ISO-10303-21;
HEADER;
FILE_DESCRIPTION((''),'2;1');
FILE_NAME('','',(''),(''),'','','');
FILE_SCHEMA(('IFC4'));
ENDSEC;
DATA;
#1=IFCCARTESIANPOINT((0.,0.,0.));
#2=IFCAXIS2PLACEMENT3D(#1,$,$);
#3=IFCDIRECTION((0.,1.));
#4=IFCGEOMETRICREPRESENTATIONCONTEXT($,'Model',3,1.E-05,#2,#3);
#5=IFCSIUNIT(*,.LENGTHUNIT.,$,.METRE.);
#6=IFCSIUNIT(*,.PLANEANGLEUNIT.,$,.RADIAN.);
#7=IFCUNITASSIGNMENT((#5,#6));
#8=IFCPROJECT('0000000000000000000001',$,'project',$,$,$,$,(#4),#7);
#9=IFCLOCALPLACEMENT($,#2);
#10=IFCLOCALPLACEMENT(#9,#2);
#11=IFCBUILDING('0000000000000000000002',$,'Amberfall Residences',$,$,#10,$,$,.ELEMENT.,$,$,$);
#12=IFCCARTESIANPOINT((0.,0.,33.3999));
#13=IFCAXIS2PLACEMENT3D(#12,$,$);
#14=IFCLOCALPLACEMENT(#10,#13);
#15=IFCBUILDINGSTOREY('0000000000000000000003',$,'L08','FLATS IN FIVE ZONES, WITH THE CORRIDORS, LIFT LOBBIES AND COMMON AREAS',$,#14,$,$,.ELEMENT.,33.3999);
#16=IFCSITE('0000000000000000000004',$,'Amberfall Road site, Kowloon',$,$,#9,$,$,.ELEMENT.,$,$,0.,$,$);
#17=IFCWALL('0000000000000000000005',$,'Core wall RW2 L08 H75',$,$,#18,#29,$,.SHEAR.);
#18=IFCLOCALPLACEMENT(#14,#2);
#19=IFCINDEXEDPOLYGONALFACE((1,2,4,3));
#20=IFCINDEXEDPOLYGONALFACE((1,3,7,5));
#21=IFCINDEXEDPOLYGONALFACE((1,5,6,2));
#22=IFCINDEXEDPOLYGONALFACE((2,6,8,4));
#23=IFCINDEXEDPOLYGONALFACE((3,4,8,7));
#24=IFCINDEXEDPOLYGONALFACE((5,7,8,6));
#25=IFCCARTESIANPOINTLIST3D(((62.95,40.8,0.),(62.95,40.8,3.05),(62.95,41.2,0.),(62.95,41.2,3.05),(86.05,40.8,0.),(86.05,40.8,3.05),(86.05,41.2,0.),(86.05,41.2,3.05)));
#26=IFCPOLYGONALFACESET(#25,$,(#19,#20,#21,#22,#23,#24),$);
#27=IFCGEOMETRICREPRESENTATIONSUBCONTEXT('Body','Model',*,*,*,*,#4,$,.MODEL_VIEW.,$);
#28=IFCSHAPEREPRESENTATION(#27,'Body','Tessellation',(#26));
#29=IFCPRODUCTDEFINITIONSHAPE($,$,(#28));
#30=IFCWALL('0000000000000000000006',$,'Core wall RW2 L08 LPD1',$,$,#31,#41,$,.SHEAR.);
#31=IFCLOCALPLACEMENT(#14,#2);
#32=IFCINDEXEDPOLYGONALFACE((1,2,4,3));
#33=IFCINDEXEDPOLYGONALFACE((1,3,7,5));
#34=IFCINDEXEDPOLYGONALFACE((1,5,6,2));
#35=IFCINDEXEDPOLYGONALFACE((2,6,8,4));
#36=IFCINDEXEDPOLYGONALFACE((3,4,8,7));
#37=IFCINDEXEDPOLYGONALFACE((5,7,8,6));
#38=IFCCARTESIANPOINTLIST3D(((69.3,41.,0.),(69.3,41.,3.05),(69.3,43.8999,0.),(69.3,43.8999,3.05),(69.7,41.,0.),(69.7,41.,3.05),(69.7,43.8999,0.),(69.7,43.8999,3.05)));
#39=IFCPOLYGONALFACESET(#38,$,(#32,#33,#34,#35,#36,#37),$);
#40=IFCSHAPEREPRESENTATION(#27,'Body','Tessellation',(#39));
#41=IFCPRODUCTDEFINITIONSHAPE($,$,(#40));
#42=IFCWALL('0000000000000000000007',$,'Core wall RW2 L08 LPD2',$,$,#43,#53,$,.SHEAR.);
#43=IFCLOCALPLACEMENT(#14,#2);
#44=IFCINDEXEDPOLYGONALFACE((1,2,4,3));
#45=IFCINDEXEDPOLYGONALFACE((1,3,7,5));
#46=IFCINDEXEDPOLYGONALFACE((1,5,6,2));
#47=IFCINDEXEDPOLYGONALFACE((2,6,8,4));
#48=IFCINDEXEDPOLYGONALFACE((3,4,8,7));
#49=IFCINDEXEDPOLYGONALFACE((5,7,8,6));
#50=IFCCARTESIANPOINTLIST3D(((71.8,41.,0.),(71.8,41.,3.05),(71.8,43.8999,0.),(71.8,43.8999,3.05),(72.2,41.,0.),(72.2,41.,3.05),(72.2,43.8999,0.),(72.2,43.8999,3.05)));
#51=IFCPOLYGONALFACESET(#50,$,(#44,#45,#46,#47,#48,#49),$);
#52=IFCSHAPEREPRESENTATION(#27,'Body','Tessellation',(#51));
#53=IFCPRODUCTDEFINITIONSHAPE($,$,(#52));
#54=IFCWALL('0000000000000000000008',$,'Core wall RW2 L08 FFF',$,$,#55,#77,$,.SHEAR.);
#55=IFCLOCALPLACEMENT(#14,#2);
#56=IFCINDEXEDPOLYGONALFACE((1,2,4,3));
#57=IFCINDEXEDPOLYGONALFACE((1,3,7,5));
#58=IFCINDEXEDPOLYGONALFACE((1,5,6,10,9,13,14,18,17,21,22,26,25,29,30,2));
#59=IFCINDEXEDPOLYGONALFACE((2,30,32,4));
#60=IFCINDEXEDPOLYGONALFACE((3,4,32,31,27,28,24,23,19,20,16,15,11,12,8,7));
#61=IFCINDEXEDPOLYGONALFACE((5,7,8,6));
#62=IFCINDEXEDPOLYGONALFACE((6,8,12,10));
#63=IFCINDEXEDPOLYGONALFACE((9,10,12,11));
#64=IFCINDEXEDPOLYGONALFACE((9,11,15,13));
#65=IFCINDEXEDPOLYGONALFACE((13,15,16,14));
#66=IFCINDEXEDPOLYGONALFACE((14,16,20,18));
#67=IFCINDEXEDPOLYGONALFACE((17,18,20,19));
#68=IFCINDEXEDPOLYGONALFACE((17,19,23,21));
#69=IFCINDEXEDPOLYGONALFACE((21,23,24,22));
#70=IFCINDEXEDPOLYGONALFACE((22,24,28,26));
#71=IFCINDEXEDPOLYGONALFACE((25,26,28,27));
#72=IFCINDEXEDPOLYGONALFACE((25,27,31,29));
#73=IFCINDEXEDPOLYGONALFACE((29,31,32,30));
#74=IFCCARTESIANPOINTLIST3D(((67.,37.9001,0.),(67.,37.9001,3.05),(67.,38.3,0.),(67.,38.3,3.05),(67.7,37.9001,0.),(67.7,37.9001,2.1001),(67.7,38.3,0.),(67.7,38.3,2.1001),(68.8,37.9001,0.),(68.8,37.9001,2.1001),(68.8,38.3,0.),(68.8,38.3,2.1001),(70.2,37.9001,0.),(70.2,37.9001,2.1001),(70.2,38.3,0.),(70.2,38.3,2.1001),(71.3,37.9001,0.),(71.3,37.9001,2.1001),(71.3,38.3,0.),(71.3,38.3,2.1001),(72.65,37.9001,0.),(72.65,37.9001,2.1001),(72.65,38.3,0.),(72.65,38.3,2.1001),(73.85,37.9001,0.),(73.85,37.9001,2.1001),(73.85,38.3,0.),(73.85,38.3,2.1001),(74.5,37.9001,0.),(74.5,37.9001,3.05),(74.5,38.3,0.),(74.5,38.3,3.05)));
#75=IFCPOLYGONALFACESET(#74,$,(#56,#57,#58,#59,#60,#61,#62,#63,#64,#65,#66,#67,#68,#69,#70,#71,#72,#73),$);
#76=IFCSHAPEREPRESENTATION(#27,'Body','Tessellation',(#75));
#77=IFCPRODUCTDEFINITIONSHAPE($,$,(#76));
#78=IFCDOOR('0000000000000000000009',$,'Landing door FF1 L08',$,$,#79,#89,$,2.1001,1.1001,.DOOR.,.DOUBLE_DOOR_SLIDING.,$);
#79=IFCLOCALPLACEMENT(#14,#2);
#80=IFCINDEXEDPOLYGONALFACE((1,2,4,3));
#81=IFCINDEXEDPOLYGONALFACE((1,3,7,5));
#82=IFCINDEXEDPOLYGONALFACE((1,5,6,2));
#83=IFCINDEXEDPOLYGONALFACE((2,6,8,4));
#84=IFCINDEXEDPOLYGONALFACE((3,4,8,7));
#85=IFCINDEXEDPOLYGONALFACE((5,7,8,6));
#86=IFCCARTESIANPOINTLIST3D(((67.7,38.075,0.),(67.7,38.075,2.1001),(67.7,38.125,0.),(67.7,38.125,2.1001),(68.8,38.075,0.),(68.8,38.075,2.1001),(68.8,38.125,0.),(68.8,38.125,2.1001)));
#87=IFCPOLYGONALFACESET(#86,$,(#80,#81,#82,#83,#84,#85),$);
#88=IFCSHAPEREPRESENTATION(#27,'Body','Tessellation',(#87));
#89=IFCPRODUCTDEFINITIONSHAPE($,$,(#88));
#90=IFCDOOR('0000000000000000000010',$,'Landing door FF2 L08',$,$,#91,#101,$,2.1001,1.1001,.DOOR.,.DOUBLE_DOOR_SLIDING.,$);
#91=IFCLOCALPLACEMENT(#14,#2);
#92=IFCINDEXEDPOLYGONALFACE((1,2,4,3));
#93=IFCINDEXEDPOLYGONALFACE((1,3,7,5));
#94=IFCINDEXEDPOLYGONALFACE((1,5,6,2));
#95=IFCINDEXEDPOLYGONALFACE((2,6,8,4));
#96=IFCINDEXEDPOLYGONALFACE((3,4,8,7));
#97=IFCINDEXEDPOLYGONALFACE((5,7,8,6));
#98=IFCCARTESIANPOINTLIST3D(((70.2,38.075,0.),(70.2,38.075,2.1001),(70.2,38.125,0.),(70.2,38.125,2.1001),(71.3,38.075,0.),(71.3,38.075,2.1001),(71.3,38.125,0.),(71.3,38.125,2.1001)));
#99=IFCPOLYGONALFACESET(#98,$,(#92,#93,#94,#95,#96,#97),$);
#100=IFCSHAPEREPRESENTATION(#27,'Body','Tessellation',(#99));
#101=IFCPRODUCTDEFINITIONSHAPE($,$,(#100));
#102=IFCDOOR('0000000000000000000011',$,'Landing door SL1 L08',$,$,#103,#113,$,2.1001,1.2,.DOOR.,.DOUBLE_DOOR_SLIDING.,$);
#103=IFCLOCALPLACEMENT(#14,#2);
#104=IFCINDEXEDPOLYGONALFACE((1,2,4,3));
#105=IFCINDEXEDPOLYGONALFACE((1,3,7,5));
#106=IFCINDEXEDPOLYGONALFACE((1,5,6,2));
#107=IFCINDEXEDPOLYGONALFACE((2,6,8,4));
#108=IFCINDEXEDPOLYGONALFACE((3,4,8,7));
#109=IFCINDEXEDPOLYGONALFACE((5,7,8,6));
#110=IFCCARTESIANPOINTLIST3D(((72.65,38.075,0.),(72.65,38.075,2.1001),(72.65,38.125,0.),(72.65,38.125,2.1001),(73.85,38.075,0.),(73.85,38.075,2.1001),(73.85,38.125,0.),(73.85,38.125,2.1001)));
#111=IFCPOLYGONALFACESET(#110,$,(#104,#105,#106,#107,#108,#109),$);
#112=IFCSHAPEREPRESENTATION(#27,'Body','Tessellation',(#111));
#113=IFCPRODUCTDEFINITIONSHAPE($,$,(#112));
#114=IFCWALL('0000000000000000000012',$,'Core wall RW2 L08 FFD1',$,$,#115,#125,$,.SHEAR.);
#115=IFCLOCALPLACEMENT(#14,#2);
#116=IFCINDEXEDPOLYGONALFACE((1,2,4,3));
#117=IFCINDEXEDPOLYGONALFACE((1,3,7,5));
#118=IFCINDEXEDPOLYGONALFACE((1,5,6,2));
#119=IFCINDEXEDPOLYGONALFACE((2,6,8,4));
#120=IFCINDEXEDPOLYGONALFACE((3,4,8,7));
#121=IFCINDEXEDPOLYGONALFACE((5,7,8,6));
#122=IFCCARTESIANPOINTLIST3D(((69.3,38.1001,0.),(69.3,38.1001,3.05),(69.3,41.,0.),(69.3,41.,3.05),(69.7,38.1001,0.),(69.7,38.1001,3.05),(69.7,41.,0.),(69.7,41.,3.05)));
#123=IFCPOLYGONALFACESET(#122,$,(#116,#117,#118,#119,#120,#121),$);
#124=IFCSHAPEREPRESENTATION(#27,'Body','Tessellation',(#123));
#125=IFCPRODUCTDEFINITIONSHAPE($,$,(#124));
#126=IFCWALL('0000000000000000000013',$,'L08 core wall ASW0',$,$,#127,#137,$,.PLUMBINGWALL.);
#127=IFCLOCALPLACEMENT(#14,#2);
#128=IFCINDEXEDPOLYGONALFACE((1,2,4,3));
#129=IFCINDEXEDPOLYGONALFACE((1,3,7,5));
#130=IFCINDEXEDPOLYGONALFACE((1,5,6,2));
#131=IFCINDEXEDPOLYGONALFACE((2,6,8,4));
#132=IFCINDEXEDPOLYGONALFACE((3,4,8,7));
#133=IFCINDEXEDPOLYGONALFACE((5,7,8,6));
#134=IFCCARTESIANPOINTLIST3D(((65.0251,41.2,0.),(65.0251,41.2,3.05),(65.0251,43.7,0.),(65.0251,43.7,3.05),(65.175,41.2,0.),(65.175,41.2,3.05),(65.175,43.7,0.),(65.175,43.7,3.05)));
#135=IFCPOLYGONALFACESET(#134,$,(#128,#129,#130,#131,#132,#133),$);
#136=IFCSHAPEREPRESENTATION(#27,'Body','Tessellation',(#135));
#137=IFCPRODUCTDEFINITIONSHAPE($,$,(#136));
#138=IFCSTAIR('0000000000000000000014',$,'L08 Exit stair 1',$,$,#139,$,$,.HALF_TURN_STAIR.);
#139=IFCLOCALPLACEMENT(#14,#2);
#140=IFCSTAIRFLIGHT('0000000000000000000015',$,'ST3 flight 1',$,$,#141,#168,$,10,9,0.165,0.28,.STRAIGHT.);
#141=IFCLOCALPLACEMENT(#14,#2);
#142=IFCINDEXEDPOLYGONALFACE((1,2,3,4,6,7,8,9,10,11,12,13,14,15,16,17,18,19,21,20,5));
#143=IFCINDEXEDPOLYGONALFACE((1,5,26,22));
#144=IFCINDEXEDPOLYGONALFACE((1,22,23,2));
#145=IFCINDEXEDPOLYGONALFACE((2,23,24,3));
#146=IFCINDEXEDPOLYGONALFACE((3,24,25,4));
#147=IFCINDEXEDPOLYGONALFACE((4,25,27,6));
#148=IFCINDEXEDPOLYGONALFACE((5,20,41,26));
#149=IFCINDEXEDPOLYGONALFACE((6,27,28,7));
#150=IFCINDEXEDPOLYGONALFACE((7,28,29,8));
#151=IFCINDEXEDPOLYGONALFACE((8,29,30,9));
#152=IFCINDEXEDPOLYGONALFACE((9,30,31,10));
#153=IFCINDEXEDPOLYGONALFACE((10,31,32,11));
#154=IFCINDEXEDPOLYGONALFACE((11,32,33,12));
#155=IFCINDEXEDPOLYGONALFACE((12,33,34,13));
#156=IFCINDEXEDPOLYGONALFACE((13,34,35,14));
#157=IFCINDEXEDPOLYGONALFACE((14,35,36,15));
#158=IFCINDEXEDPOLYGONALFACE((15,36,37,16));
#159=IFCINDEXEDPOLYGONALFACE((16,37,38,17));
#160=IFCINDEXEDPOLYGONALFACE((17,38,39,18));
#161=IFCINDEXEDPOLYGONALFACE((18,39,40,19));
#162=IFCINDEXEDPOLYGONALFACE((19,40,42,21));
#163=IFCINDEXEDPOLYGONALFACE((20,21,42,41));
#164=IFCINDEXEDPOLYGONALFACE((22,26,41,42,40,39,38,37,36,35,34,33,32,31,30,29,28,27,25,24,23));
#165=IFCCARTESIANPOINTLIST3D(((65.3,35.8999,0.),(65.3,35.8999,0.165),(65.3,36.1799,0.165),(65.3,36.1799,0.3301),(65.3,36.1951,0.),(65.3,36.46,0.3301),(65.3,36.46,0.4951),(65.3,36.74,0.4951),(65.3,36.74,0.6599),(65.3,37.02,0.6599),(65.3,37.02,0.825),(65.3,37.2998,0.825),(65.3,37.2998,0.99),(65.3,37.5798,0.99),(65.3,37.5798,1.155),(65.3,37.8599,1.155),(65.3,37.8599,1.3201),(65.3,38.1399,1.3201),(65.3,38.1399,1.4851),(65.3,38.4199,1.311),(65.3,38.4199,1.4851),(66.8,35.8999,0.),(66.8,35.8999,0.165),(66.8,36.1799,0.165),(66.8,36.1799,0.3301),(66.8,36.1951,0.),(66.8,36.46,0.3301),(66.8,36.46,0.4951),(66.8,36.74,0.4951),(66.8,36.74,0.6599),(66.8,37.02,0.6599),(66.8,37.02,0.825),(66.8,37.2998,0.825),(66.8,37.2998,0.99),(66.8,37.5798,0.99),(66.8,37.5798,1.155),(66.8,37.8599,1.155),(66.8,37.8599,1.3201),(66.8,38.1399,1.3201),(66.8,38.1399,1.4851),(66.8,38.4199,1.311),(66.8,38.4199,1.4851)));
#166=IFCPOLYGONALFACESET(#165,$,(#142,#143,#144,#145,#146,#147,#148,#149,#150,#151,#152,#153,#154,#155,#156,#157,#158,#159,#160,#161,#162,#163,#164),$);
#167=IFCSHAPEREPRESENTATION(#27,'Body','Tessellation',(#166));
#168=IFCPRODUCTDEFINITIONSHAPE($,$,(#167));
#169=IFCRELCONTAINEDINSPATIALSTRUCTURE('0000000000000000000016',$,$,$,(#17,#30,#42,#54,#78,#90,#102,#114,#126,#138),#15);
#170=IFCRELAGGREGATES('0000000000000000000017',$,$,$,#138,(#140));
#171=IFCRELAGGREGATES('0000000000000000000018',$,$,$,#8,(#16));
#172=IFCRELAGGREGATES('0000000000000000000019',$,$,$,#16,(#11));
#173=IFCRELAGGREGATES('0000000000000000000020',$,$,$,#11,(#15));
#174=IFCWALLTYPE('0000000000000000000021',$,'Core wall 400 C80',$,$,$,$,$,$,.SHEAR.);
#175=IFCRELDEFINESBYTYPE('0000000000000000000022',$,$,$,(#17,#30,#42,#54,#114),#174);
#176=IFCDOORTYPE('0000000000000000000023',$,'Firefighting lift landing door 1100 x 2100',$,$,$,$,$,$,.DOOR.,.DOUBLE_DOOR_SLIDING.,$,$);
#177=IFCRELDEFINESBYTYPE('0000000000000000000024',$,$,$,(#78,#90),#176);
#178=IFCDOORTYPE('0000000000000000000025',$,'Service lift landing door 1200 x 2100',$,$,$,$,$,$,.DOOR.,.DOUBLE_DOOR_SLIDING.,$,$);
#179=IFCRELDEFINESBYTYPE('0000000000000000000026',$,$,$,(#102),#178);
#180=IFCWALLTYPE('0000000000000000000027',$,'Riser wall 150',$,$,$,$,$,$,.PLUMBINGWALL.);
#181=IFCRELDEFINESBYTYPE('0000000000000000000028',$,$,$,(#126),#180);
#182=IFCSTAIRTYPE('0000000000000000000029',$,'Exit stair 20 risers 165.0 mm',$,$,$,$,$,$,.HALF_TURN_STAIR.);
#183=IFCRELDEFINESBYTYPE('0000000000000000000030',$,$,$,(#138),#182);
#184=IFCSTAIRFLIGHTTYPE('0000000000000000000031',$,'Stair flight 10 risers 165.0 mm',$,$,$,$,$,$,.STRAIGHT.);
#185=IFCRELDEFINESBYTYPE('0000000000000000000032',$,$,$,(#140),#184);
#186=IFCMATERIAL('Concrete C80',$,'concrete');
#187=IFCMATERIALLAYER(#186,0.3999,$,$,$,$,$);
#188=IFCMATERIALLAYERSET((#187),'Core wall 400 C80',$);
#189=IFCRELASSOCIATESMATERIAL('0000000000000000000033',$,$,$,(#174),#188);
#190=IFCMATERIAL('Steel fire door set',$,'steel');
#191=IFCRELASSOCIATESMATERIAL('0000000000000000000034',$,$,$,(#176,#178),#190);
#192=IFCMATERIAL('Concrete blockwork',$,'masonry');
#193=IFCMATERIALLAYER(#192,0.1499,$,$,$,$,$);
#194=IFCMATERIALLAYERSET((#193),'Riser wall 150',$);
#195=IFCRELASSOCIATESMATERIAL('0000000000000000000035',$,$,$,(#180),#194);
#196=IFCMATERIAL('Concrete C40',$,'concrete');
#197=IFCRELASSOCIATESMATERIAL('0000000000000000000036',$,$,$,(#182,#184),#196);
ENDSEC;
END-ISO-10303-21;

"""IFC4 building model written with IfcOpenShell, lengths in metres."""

from ifc_helpers import new_model, si_unit, direction, frame, frame_2d, origin, place, context, subcontext, project, spatial, polyline, rectangle, outline, extrude, material, layer, layer_set, type_object, element, fill, aggregate, save


model = new_model("IFC4")

# Units and contexts
model_context = context("Model", 3, precision=1e-05, world=origin(), true_north=direction((0.0, 1.0)))
body_context = subcontext(model_context, "Body", "Model", "MODEL_VIEW")
ifc_project = project(units=[si_unit("LENGTHUNIT", "METRE"), si_unit("PLANEANGLEUNIT", "RADIAN")], contexts=[model_context])

# Site, building, storey
site_placement = place(None, origin())
site = spatial("IfcSite", under=ifc_project, at=site_placement, Name="Amberfall Road site, Kowloon", CompositionType="ELEMENT", RefElevation=0.0)
building_placement = place(site_placement, origin())
building = spatial("IfcBuilding", under=site, at=building_placement, Name="Amberfall Residences", CompositionType="ELEMENT")
storey_placement = place(building_placement, frame((0.0, 0.0, 33.3999)))
storey = spatial("IfcBuildingStorey", under=building, at=storey_placement, Name="L08", Description="FLATS IN FIVE ZONES, WITH THE CORRIDORS, LIFT LOBBIES AND COMMON AREAS", CompositionType="ELEMENT", Elevation=33.3999)

# Wall
ifc_material_1 = material(Name="Concrete C80", Category="concrete")
ifc_layer_1 = layer(ifc_material_1, 0.3999)
ifc_layer_set_1 = layer_set([ifc_layer_1], Name="Core wall 400 C80")
wall_type_1 = type_object("IfcWallType", Name="Core wall 400 C80", PredefinedType="SHEAR", material=ifc_layer_set_1)
wall_1_placement = place(storey_placement, frame((62.95, 41.0, 0.0), z_axis=(0.0, 0.0, 1.0), x_axis=(1.0, 0.0, 0.0)))
element("IfcWall", 1, at=wall_1_placement, inside=storey, type_object=wall_type_1, Name="Core wall RW2 L08 H75", PredefinedType="SHEAR", context=body_context, shape_type="SweptSolid", body=[
    extrude(rectangle(XDim=23.1001, YDim=0.3999, at=frame_2d((11.55, 0.0))), origin(), (0.0, 0.0, 1.0), 3.05),
])

# Shared definitions
ifc_material_2 = material(Name="Steel fire door set", Category="steel")

# Walls
for number, where, z_axis, x_axis, name in (
    (2, (69.5, 41.0, 0.0), (0.0, 0.0, 1.0), (0.0, 1.0, 0.0), "Core wall RW2 L08 LPD1"),
    (3, (72.0, 41.0, 0.0), (0.0, 0.0, 1.0), (0.0, 1.0, 0.0), "Core wall RW2 L08 LPD2"),
):
    element("IfcWall", number, at=place(storey_placement, frame(where, z_axis=z_axis, x_axis=x_axis)), inside=storey, type_object=wall_type_1, Name=name, PredefinedType="SHEAR", context=body_context, shape_type="SweptSolid", body=[
        extrude(rectangle(XDim=2.8999, YDim=0.3999, at=frame_2d((1.45, 0.0))), origin(), (0.0, 0.0, 1.0), 3.05),
    ])

# Wall, openings, doors
wall_2_placement = place(storey_placement, frame((67.0, 38.1001, 0.0), z_axis=(0.0, 0.0, 1.0), x_axis=(1.0, 0.0, 0.0)))
wall_2 = element("IfcWall", 4, at=wall_2_placement, inside=storey, type_object=wall_type_1, Name="Core wall RW2 L08 FFF", PredefinedType="SHEAR", context=body_context, shape_type="SweptSolid", body=[
    extrude(rectangle(XDim=7.5, YDim=0.3999, at=frame_2d((3.75, 0.0))), origin(), (0.0, 0.0, 1.0), 3.05),
])
opening_1_placement = place(wall_2_placement, frame((0.7, 0.0, 0.0)))
opening_1 = element("IfcOpeningElement", 5, at=opening_1_placement, cuts=wall_2, PredefinedType="OPENING", context=body_context, shape_type="SweptSolid", body=[
    extrude(rectangle(XDim=1.1001, YDim=2.1001, at=frame_2d((0.55, 1.05))), frame((0.0, 0.21, 0.0), z_axis=(0.0, -1.0, 0.0), x_axis=(1.0, 0.0, 0.0)), (0.0, 0.0, 1.0), 0.4199),
])
opening_2_placement = place(wall_2_placement, frame((3.2, 0.0, 0.0)))
opening_2 = element("IfcOpeningElement", 6, at=opening_2_placement, cuts=wall_2, PredefinedType="OPENING", context=body_context, shape_type="SweptSolid", body=[
    extrude(rectangle(XDim=1.1001, YDim=2.1001, at=frame_2d((0.55, 1.05))), frame((0.0, 0.21, 0.0), z_axis=(0.0, -1.0, 0.0), x_axis=(1.0, 0.0, 0.0)), (0.0, 0.0, 1.0), 0.4199),
])
opening_3_placement = place(wall_2_placement, frame((5.6499, 0.0, 0.0)))
opening_3 = element("IfcOpeningElement", 7, at=opening_3_placement, cuts=wall_2, PredefinedType="OPENING", context=body_context, shape_type="SweptSolid", body=[
    extrude(rectangle(XDim=1.2, YDim=2.1001, at=frame_2d((0.6001, 1.05))), frame((0.0, 0.21, 0.0), z_axis=(0.0, -1.0, 0.0), x_axis=(1.0, 0.0, 0.0)), (0.0, 0.0, 1.0), 0.4199),
])
door_type_1 = type_object("IfcDoorType", Name="Firefighting lift landing door 1100 x 2100", OperationType="DOUBLE_DOOR_SLIDING", PredefinedType="DOOR", material=ifc_material_2)
door_1_placement = place(opening_1_placement, origin())
door_1 = element("IfcDoor", 8, at=door_1_placement, inside=storey, type_object=door_type_1, Name="Landing door FF1 L08", OperationType="DOUBLE_DOOR_SLIDING", OverallHeight=2.1001, OverallWidth=1.1001, PredefinedType="DOOR", context=body_context, shape_type="SweptSolid", body=[
    extrude(rectangle(XDim=1.1001, YDim=2.1001, at=frame_2d((0.55, 1.05))), frame((0.0, 0.0249, 0.0), z_axis=(0.0, -1.0, 0.0), x_axis=(1.0, 0.0, 0.0)), (0.0, 0.0, 1.0), 0.05),
])
fill(opening_1, door_1)
door_2_placement = place(opening_2_placement, origin())
door_2 = element("IfcDoor", 9, at=door_2_placement, inside=storey, type_object=door_type_1, Name="Landing door FF2 L08", OperationType="DOUBLE_DOOR_SLIDING", OverallHeight=2.1001, OverallWidth=1.1001, PredefinedType="DOOR", context=body_context, shape_type="SweptSolid", body=[
    extrude(rectangle(XDim=1.1001, YDim=2.1001, at=frame_2d((0.55, 1.05))), frame((0.0, 0.0249, 0.0), z_axis=(0.0, -1.0, 0.0), x_axis=(1.0, 0.0, 0.0)), (0.0, 0.0, 1.0), 0.05),
])
fill(opening_2, door_2)
door_type_2 = type_object("IfcDoorType", Name="Service lift landing door 1200 x 2100", OperationType="DOUBLE_DOOR_SLIDING", PredefinedType="DOOR", material=ifc_material_2)
door_3_placement = place(opening_3_placement, origin())
door_3 = element("IfcDoor", 10, at=door_3_placement, inside=storey, type_object=door_type_2, Name="Landing door SL1 L08", OperationType="DOUBLE_DOOR_SLIDING", OverallHeight=2.1001, OverallWidth=1.2, PredefinedType="DOOR", context=body_context, shape_type="SweptSolid", body=[
    extrude(rectangle(XDim=1.2, YDim=2.1001, at=frame_2d((0.6001, 1.05))), frame((0.0, 0.0249, 0.0), z_axis=(0.0, -1.0, 0.0), x_axis=(1.0, 0.0, 0.0)), (0.0, 0.0, 1.0), 0.05),
])
fill(opening_3, door_3)

# Walls
wall_3_placement = place(storey_placement, frame((69.5, 38.1001, 0.0), z_axis=(0.0, 0.0, 1.0), x_axis=(0.0, 1.0, 0.0)))
element("IfcWall", 11, at=wall_3_placement, inside=storey, type_object=wall_type_1, Name="Core wall RW2 L08 FFD1", PredefinedType="SHEAR", context=body_context, shape_type="SweptSolid", body=[
    extrude(rectangle(XDim=2.8999, YDim=0.3999, at=frame_2d((1.45, 0.0))), origin(), (0.0, 0.0, 1.0), 3.05),
])
ifc_material_3 = material(Name="Concrete blockwork", Category="masonry")
ifc_layer_2 = layer(ifc_material_3, 0.1499)
ifc_layer_set_2 = layer_set([ifc_layer_2], Name="Riser wall 150")
wall_type_2 = type_object("IfcWallType", Name="Riser wall 150", PredefinedType="PLUMBINGWALL", material=ifc_layer_set_2)
wall_4_placement = place(storey_placement, frame((65.1001, 41.2, 0.0), z_axis=(0.0, 0.0, 1.0), x_axis=(0.0, 1.0, 0.0)))
element("IfcWall", 12, at=wall_4_placement, inside=storey, type_object=wall_type_2, Name="L08 core wall ASW0", PredefinedType="PLUMBINGWALL", context=body_context, shape_type="SweptSolid", body=[
    extrude(rectangle(XDim=2.5, YDim=0.1499, at=frame_2d((1.25, 0.0))), origin(), (0.0, 0.0, 1.0), 3.05),
])

# Stair, stair flight
ifc_material_4 = material(Name="Concrete C40", Category="concrete")
stair_type = type_object("IfcStairType", Name="Exit stair 20 risers 165.0 mm", PredefinedType="HALF_TURN_STAIR", material=ifc_material_4)
stair_placement = place(storey_placement, origin())
stair = element("IfcStair", 13, at=stair_placement, inside=storey, type_object=stair_type, Name="L08 Exit stair 1", PredefinedType="HALF_TURN_STAIR")
stair_flight_type = type_object("IfcStairFlightType", Name="Stair flight 10 risers 165.0 mm", PredefinedType="STRAIGHT", material=ifc_material_4)
stair_flight_1_placement = place(storey_placement, frame((66.05, 35.8999, 0.0), z_axis=(0.0, 0.0, 1.0), x_axis=(0.0, 1.0, 0.0)))
stair_flight_1 = element("IfcStairFlight", 14, at=stair_flight_1_placement, type_object=stair_flight_type, Name="ST3 flight 1", NumberOfRisers=10, NumberOfTreads=9, PredefinedType="STRAIGHT", RiserHeight=0.165, TreadLength=0.28, context=body_context, shape_type="SweptSolid", body=[
    extrude(outline(polyline([(0.0, 0.0), (0.0, 0.165), (0.28, 0.165), (0.28, 0.3301), (0.5601, 0.3301), (0.5601, 0.4951), (0.8401, 0.4951), (0.8401, 0.6599), (1.1201, 0.6599), (1.1201, 0.825), (1.3999, 0.825), (1.3999, 0.99), (1.6799, 0.99), (1.6799, 1.155), (1.96, 1.155), (1.96, 1.3201), (2.24, 1.3201), (2.24, 1.4851), (2.52, 1.4851), (2.52, 1.6499), (2.52, 1.311), (0.2952, 0.0), (0.0, 0.0)])), frame((0.0, 0.75, 0.0), z_axis=(0.0, -1.0, 0.0), x_axis=(1.0, 0.0, 0.0)), (0.0, 0.0, 1.0), 1.5),
])
aggregate(stair, [stair_flight_1])

save(model, "model.ifc")
